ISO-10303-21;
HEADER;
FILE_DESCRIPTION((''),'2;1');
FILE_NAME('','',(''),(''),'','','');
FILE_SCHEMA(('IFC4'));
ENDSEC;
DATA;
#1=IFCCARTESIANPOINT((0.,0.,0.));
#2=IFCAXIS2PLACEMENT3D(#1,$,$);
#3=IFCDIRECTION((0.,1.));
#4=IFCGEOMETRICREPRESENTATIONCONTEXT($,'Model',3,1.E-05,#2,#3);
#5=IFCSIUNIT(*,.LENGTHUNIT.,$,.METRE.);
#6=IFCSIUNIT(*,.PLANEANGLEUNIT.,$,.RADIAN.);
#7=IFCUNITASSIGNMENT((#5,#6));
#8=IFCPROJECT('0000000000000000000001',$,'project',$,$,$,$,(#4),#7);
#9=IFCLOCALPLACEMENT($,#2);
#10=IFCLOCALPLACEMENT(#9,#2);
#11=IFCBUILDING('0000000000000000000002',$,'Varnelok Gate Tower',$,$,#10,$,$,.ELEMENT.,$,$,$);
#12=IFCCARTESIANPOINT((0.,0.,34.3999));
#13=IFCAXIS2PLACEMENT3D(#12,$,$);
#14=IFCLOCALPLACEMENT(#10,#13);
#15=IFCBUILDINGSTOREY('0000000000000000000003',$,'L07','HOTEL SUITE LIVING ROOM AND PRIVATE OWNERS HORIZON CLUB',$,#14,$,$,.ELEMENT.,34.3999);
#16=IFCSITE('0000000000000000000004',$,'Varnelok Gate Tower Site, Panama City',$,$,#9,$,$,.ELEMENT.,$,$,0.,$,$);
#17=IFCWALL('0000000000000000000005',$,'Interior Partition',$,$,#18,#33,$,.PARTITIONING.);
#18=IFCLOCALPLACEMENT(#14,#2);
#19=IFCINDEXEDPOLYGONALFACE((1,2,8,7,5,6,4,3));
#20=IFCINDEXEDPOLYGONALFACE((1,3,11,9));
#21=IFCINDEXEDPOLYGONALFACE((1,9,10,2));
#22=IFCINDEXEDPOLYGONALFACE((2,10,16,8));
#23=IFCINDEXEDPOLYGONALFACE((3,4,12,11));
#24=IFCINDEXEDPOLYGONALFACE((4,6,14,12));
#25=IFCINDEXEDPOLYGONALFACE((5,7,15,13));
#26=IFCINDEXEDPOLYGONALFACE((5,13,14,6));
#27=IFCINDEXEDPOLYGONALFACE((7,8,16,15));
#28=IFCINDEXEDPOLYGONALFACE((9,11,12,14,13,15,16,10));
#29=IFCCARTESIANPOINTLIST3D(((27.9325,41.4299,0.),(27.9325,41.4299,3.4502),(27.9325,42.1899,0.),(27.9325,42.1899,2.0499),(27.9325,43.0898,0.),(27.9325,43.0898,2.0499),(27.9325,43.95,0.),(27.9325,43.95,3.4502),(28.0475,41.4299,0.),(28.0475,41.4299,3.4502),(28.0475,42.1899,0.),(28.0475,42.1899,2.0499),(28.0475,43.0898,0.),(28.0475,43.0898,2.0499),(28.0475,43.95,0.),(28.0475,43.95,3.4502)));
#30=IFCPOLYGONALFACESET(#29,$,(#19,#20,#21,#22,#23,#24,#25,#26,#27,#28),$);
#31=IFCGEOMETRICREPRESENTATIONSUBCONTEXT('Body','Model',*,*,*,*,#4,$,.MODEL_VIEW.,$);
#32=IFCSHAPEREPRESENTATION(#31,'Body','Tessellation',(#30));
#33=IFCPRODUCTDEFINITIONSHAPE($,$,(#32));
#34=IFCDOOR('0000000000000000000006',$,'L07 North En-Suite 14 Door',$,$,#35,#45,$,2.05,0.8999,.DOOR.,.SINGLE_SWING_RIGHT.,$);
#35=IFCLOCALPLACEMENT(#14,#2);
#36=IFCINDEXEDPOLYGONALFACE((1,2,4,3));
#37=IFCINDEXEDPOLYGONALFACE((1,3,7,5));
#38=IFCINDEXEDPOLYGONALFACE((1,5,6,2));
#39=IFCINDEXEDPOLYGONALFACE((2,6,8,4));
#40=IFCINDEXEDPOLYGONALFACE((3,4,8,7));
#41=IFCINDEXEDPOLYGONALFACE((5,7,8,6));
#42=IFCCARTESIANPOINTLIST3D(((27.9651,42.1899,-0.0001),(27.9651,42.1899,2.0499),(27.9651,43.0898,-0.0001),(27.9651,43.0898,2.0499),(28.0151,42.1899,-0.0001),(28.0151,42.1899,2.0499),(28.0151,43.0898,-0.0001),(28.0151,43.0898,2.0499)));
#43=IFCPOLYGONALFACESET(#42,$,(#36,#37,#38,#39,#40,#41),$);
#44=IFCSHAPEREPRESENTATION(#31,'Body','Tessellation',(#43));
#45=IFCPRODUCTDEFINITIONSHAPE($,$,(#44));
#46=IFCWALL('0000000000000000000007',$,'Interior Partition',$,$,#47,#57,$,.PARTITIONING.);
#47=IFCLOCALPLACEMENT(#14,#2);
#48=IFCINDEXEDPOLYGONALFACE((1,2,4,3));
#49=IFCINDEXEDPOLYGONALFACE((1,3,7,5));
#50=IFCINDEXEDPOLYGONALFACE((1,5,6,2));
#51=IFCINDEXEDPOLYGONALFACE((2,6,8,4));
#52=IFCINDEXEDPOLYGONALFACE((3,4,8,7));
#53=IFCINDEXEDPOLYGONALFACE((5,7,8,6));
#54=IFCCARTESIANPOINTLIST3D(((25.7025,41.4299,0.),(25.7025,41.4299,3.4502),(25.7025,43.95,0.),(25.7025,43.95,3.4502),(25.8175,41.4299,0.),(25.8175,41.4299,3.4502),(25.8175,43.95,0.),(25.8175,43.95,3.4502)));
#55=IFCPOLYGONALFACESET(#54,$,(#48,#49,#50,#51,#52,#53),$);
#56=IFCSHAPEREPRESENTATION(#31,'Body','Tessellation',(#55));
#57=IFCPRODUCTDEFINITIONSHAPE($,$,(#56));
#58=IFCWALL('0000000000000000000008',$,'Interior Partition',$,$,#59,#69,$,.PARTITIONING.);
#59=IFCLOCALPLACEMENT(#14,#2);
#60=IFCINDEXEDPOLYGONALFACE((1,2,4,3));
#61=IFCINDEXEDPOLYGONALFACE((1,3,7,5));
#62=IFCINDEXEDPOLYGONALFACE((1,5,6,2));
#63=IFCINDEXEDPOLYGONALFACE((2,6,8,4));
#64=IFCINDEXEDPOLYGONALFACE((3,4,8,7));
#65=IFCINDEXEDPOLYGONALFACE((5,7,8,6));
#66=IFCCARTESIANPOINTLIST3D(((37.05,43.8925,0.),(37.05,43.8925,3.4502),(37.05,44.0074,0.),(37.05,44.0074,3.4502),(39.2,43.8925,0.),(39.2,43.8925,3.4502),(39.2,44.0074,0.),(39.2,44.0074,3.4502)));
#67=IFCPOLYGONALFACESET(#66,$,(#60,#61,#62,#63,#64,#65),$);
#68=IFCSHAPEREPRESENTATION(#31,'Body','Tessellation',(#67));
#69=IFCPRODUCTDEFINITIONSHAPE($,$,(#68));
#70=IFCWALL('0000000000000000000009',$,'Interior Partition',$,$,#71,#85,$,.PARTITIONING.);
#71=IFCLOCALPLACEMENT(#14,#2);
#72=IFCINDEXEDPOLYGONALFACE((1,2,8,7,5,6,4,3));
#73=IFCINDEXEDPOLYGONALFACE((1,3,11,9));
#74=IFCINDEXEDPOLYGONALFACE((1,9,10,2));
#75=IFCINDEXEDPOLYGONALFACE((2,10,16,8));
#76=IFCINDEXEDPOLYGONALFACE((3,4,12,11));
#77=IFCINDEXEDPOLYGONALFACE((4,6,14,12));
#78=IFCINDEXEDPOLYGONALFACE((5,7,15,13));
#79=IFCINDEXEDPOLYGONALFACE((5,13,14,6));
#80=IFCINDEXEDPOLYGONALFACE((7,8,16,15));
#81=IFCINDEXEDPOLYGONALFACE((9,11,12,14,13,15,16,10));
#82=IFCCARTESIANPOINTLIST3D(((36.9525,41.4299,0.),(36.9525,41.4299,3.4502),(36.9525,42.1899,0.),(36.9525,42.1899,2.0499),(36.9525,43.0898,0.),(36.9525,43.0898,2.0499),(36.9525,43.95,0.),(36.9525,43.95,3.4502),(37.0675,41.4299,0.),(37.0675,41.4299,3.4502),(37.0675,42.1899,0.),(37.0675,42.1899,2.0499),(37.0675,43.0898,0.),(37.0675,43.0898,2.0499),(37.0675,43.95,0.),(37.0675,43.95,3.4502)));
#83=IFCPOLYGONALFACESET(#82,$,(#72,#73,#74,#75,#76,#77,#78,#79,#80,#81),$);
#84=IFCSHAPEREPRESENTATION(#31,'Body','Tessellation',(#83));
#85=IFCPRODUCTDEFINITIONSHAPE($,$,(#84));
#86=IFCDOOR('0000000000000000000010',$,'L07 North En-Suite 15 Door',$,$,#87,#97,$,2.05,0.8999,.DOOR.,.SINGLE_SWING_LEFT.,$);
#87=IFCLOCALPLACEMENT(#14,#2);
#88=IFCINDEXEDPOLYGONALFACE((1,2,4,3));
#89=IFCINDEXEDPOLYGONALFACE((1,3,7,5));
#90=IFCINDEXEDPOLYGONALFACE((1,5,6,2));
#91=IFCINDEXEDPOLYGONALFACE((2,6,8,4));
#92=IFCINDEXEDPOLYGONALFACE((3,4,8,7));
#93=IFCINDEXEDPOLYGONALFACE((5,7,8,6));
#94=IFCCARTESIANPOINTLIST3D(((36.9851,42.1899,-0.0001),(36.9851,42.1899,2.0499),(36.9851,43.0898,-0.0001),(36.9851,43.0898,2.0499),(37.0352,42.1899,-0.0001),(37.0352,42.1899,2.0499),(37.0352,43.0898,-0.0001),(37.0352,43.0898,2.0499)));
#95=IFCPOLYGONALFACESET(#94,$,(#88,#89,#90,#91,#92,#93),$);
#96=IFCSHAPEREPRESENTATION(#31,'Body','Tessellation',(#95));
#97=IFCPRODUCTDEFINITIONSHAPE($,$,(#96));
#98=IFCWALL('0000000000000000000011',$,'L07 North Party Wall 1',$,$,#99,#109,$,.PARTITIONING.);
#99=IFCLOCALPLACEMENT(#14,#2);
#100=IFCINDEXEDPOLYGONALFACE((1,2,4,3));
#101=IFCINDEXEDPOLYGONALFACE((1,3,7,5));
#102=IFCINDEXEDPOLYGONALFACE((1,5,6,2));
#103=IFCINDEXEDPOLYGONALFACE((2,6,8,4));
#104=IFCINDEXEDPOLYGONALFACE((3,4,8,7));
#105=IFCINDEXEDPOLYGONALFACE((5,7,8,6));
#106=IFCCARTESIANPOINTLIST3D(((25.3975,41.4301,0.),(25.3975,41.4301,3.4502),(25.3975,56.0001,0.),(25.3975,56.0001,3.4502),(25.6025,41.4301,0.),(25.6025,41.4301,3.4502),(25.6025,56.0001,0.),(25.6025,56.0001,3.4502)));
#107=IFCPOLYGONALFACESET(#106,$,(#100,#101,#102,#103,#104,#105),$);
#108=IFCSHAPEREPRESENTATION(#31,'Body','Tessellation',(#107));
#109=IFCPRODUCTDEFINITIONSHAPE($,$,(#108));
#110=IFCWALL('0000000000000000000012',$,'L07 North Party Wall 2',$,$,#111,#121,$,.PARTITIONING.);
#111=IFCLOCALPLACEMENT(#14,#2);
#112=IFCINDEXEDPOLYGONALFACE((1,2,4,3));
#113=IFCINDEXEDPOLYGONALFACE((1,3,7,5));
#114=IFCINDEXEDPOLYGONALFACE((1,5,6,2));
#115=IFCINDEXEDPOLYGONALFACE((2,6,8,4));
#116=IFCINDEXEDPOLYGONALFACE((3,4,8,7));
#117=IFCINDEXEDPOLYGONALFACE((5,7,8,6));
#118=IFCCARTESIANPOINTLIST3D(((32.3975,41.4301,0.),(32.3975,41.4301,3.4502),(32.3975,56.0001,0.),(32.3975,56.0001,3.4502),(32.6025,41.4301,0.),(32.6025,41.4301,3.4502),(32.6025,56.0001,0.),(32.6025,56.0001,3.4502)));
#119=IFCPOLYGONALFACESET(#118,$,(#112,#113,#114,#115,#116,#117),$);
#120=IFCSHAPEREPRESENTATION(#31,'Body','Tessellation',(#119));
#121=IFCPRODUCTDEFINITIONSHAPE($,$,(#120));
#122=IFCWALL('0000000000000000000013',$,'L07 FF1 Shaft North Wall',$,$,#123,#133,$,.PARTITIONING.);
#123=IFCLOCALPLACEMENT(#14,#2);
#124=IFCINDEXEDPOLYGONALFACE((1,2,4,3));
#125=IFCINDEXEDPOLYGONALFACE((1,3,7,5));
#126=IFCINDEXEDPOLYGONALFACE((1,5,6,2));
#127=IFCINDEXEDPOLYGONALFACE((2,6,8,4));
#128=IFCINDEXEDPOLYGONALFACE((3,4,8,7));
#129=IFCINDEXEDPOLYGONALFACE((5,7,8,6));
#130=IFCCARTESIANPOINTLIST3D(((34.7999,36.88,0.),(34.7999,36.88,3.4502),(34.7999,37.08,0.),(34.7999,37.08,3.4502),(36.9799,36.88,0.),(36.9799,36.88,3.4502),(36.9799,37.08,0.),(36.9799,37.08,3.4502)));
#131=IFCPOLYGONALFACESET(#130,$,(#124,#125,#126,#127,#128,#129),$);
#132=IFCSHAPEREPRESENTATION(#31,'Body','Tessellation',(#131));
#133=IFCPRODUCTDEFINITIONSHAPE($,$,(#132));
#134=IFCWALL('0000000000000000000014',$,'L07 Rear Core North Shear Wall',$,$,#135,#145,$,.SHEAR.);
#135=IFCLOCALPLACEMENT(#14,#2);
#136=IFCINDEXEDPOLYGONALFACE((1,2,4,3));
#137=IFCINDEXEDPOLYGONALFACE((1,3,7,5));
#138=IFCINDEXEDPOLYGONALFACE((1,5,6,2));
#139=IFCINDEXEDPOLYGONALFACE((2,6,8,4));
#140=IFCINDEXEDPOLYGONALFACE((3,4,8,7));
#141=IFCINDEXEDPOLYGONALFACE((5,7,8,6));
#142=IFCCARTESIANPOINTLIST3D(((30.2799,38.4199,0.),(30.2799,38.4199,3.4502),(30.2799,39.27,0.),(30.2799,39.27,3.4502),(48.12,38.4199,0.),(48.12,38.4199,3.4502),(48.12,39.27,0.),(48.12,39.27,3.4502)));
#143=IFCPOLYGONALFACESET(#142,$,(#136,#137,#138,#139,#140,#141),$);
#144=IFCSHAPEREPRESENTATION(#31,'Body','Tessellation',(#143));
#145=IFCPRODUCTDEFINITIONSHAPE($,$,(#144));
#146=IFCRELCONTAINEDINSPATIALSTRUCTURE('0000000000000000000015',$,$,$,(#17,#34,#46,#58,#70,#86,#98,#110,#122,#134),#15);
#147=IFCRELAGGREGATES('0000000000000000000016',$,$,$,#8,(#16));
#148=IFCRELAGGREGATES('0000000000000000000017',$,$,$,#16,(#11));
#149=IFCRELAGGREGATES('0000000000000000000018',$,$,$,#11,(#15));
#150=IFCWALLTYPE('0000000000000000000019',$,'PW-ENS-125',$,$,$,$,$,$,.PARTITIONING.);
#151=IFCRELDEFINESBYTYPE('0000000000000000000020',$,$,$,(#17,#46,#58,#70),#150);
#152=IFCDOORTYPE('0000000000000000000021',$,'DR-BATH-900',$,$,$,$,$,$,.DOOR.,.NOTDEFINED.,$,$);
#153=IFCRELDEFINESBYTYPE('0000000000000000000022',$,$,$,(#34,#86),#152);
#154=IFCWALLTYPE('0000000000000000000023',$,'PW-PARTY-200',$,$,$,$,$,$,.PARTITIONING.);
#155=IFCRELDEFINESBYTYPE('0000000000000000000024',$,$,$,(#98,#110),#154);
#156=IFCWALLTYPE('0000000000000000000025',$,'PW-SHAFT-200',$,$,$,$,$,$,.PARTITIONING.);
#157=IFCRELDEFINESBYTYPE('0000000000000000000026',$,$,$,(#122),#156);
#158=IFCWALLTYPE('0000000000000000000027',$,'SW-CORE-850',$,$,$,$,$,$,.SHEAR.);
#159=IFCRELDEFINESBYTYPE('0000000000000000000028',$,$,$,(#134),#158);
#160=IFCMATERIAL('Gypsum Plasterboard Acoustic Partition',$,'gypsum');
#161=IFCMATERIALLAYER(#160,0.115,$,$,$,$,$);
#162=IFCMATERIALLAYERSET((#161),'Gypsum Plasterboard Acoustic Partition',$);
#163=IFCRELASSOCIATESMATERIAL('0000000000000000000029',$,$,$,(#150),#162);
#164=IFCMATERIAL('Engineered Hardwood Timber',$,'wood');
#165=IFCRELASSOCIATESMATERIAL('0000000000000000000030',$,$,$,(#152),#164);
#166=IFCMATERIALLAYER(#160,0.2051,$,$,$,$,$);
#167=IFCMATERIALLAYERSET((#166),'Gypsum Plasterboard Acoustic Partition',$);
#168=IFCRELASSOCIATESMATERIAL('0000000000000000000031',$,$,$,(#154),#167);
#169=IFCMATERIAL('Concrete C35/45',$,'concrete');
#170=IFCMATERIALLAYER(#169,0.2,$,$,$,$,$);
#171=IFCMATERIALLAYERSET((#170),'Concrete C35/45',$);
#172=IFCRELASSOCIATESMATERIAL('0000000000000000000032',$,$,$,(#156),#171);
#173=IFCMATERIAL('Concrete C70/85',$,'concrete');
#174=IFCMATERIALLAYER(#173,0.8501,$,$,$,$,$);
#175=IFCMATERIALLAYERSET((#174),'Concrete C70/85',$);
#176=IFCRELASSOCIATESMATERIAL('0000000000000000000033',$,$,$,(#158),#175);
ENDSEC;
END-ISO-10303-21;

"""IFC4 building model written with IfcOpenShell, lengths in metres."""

from ifc_helpers import new_model, si_unit, direction, frame, frame_2d, origin, place, context, subcontext, project, spatial, rectangle, extrude, material, layer, layer_set, type_object, element, fill, save


model = new_model("IFC4")

# Units and contexts
model_context = context("Model", 3, precision=1e-05, world=origin(), true_north=direction((0.0, 1.0)))
body_context = subcontext(model_context, "Body", "Model", "MODEL_VIEW")
ifc_project = project(units=[si_unit("LENGTHUNIT", "METRE"), si_unit("PLANEANGLEUNIT", "RADIAN")], contexts=[model_context])

# Site, building, storey
site_placement = place(None, origin())
site = spatial("IfcSite", under=ifc_project, at=site_placement, Name="Varnelok Gate Tower Site, Panama City", CompositionType="ELEMENT", RefElevation=0.0)
building_placement = place(site_placement, origin())
building = spatial("IfcBuilding", under=site, at=building_placement, Name="Varnelok Gate Tower", CompositionType="ELEMENT")
storey_placement = place(building_placement, frame((0.0, 0.0, 34.3999)))
storey = spatial("IfcBuildingStorey", under=building, at=storey_placement, Name="L07", Description="HOTEL SUITE LIVING ROOM AND PRIVATE OWNERS HORIZON CLUB", CompositionType="ELEMENT", Elevation=34.3999)

# Shared definitions
ifc_material_1 = material(Name="Concrete C70/85", Category="concrete")

# Shared definitions
ifc_material_2 = material(Name="Gypsum Plasterboard Acoustic Partition", Category="gypsum")
ifc_material_3 = material(Name="Engineered Hardwood Timber", Category="wood")
ifc_layer_1 = layer(ifc_material_2, 0.115)
ifc_layer_set_1 = layer_set([ifc_layer_1], Name="Gypsum Plasterboard Acoustic Partition")
wall_type_1 = type_object("IfcWallType", Name="PW-ENS-125", PredefinedType="PARTITIONING", material=ifc_layer_set_1)
door_type_1 = type_object("IfcDoorType", Name="DR-BATH-900", OperationType="NOTDEFINED", PredefinedType="DOOR", material=ifc_material_3)

# Wall, opening, door
wall_1_placement = place(storey_placement, frame((27.99, 41.4299, 0.0), z_axis=(0.0, 0.0, 1.0), x_axis=(0.0, 1.0, 0.0)))
wall_1 = element("IfcWall", 1, at=wall_1_placement, inside=storey, type_object=wall_type_1, Name="Interior Partition", PredefinedType="PARTITIONING", context=body_context, shape_type="SweptSolid", body=[
    extrude(rectangle(XDim=2.52, YDim=0.115, at=frame_2d((1.26, 0.0))), origin(), (0.0, 0.0, 1.0), 3.4502),
])
opening_1_placement = place(wall_1_placement, frame((0.76, 0.0, 0.0)))
opening_1 = element("IfcOpeningElement", 2, at=opening_1_placement, cuts=wall_1, PredefinedType="OPENING", context=body_context, shape_type="SweptSolid", body=[
    extrude(rectangle(XDim=0.8999, YDim=2.05, at=frame_2d((0.45, 1.0249))), frame((0.0, 0.0674, 0.0), z_axis=(0.0, -1.0, 0.0), x_axis=(1.0, 0.0, 0.0)), (0.0, 0.0, 1.0), 0.135),
])
door_1_placement = place(opening_1_placement, origin())
door_1 = element("IfcDoor", 3, at=door_1_placement, inside=storey, type_object=door_type_1, Name="L07 North En-Suite 14 Door", OperationType="SINGLE_SWING_RIGHT", OverallHeight=2.05, OverallWidth=0.8999, PredefinedType="DOOR", context=body_context, shape_type="SweptSolid", body=[
    extrude(rectangle(XDim=0.8999, YDim=2.05, at=frame_2d((0.45, 1.0249))), frame((0.0, 0.0249, 0.0), z_axis=(0.0, -1.0, 0.0), x_axis=(1.0, 0.0, 0.0)), (0.0, 0.0, 1.0), 0.05),
])
fill(opening_1, door_1)

# Walls
wall_2_placement = place(storey_placement, frame((25.76, 41.4299, 0.0), z_axis=(0.0, 0.0, 1.0), x_axis=(0.0, 1.0, 0.0)))
element("IfcWall", 4, at=wall_2_placement, inside=storey, type_object=wall_type_1, Name="Interior Partition", PredefinedType="PARTITIONING", context=body_context, shape_type="SweptSolid", body=[
    extrude(rectangle(XDim=2.52, YDim=0.115, at=frame_2d((1.26, 0.0))), origin(), (0.0, 0.0, 1.0), 3.4502),
])
wall_3_placement = place(storey_placement, frame((37.05, 43.95, 0.0), z_axis=(0.0, 0.0, 1.0), x_axis=(1.0, 0.0, 0.0)))
element("IfcWall", 5, at=wall_3_placement, inside=storey, type_object=wall_type_1, Name="Interior Partition", PredefinedType="PARTITIONING", context=body_context, shape_type="SweptSolid", body=[
    extrude(rectangle(XDim=2.1499, YDim=0.115, at=frame_2d((1.075, 0.0))), origin(), (0.0, 0.0, 1.0), 3.4502),
])

# Wall, opening, door
wall_4_placement = place(storey_placement, frame((37.01, 41.4299, 0.0), z_axis=(0.0, 0.0, 1.0), x_axis=(0.0, 1.0, 0.0)))
wall_4 = element("IfcWall", 6, at=wall_4_placement, inside=storey, type_object=wall_type_1, Name="Interior Partition", PredefinedType="PARTITIONING", context=body_context, shape_type="SweptSolid", body=[
    extrude(rectangle(XDim=2.52, YDim=0.115, at=frame_2d((1.26, 0.0))), origin(), (0.0, 0.0, 1.0), 3.4502),
])
opening_2_placement = place(wall_4_placement, frame((0.76, 0.0, 0.0)))
opening_2 = element("IfcOpeningElement", 7, at=opening_2_placement, cuts=wall_4, PredefinedType="OPENING", context=body_context, shape_type="SweptSolid", body=[
    extrude(rectangle(XDim=0.8999, YDim=2.05, at=frame_2d((0.45, 1.0249))), frame((0.0, 0.0674, 0.0), z_axis=(0.0, -1.0, 0.0), x_axis=(1.0, 0.0, 0.0)), (0.0, 0.0, 1.0), 0.135),
])
door_2_placement = place(opening_2_placement, origin())
door_2 = element("IfcDoor", 8, at=door_2_placement, inside=storey, type_object=door_type_1, Name="L07 North En-Suite 15 Door", OperationType="SINGLE_SWING_LEFT", OverallHeight=2.05, OverallWidth=0.8999, PredefinedType="DOOR", context=body_context, shape_type="SweptSolid", body=[
    extrude(rectangle(XDim=0.8999, YDim=2.05, at=frame_2d((0.45, 1.0249))), frame((0.0, 0.0249, 0.0), z_axis=(0.0, -1.0, 0.0), x_axis=(1.0, 0.0, 0.0)), (0.0, 0.0, 1.0), 0.05),
])
fill(opening_2, door_2)

# Walls
ifc_layer_2 = layer(ifc_material_2, 0.2051)
ifc_layer_set_2 = layer_set([ifc_layer_2], Name="Gypsum Plasterboard Acoustic Partition")
wall_type_2 = type_object("IfcWallType", Name="PW-PARTY-200", PredefinedType="PARTITIONING", material=ifc_layer_set_2)
for number, where, z_axis, x_axis, name in (
    (9, (25.5, 41.4299, 0.0), (0.0, 0.0, 1.0), (0.0, 1.0, 0.0), "L07 North Party Wall 1"),
    (10, (32.5, 41.4299, 0.0), (0.0, 0.0, 1.0), (0.0, 1.0, 0.0), "L07 North Party Wall 2"),
):
    element("IfcWall", number, at=place(storey_placement, frame(where, z_axis=z_axis, x_axis=x_axis)), inside=storey, type_object=wall_type_2, Name=name, PredefinedType="PARTITIONING", context=body_context, shape_type="SweptSolid", body=[
        extrude(rectangle(XDim=14.5701, YDim=0.2051, at=frame_2d((7.2852, 0.0))), origin(), (0.0, 0.0, 1.0), 3.4502),
    ])
ifc_material_4 = material(Name="Concrete C35/45", Category="concrete")
ifc_layer_3 = layer(ifc_material_4, 0.2)
ifc_layer_set_3 = layer_set([ifc_layer_3], Name="Concrete C35/45")
wall_type_3 = type_object("IfcWallType", Name="PW-SHAFT-200", PredefinedType="PARTITIONING", material=ifc_layer_set_3)
wall_5_placement = place(storey_placement, frame((34.8, 36.98, 0.0), z_axis=(0.0, 0.0, 1.0), x_axis=(1.0, 0.0, 0.0)))
element("IfcWall", 11, at=wall_5_placement, inside=storey, type_object=wall_type_3, Name="L07 FF1 Shaft North Wall", PredefinedType="PARTITIONING", context=body_context, shape_type="SweptSolid", body=[
    extrude(rectangle(XDim=2.1799, YDim=0.2, at=frame_2d((1.0898, 0.0))), origin(), (0.0, 0.0, 1.0), 3.4502),
])
ifc_layer_4 = layer(ifc_material_1, 0.8501)
ifc_layer_set_4 = layer_set([ifc_layer_4], Name="Concrete C70/85")
wall_type_4 = type_object("IfcWallType", Name="SW-CORE-850", PredefinedType="SHEAR", material=ifc_layer_set_4)
wall_6_placement = place(storey_placement, frame((30.28, 38.845, 0.0), z_axis=(0.0, 0.0, 1.0), x_axis=(1.0, 0.0, 0.0)))
element("IfcWall", 12, at=wall_6_placement, inside=storey, type_object=wall_type_4, Name="L07 Rear Core North Shear Wall", PredefinedType="SHEAR", context=body_context, shape_type="SweptSolid", body=[
    extrude(rectangle(XDim=17.8401, YDim=0.8501, at=frame_2d((8.9199, 0.0))), origin(), (0.0, 0.0, 1.0), 3.4502),
])

save(model, "model.ifc")
